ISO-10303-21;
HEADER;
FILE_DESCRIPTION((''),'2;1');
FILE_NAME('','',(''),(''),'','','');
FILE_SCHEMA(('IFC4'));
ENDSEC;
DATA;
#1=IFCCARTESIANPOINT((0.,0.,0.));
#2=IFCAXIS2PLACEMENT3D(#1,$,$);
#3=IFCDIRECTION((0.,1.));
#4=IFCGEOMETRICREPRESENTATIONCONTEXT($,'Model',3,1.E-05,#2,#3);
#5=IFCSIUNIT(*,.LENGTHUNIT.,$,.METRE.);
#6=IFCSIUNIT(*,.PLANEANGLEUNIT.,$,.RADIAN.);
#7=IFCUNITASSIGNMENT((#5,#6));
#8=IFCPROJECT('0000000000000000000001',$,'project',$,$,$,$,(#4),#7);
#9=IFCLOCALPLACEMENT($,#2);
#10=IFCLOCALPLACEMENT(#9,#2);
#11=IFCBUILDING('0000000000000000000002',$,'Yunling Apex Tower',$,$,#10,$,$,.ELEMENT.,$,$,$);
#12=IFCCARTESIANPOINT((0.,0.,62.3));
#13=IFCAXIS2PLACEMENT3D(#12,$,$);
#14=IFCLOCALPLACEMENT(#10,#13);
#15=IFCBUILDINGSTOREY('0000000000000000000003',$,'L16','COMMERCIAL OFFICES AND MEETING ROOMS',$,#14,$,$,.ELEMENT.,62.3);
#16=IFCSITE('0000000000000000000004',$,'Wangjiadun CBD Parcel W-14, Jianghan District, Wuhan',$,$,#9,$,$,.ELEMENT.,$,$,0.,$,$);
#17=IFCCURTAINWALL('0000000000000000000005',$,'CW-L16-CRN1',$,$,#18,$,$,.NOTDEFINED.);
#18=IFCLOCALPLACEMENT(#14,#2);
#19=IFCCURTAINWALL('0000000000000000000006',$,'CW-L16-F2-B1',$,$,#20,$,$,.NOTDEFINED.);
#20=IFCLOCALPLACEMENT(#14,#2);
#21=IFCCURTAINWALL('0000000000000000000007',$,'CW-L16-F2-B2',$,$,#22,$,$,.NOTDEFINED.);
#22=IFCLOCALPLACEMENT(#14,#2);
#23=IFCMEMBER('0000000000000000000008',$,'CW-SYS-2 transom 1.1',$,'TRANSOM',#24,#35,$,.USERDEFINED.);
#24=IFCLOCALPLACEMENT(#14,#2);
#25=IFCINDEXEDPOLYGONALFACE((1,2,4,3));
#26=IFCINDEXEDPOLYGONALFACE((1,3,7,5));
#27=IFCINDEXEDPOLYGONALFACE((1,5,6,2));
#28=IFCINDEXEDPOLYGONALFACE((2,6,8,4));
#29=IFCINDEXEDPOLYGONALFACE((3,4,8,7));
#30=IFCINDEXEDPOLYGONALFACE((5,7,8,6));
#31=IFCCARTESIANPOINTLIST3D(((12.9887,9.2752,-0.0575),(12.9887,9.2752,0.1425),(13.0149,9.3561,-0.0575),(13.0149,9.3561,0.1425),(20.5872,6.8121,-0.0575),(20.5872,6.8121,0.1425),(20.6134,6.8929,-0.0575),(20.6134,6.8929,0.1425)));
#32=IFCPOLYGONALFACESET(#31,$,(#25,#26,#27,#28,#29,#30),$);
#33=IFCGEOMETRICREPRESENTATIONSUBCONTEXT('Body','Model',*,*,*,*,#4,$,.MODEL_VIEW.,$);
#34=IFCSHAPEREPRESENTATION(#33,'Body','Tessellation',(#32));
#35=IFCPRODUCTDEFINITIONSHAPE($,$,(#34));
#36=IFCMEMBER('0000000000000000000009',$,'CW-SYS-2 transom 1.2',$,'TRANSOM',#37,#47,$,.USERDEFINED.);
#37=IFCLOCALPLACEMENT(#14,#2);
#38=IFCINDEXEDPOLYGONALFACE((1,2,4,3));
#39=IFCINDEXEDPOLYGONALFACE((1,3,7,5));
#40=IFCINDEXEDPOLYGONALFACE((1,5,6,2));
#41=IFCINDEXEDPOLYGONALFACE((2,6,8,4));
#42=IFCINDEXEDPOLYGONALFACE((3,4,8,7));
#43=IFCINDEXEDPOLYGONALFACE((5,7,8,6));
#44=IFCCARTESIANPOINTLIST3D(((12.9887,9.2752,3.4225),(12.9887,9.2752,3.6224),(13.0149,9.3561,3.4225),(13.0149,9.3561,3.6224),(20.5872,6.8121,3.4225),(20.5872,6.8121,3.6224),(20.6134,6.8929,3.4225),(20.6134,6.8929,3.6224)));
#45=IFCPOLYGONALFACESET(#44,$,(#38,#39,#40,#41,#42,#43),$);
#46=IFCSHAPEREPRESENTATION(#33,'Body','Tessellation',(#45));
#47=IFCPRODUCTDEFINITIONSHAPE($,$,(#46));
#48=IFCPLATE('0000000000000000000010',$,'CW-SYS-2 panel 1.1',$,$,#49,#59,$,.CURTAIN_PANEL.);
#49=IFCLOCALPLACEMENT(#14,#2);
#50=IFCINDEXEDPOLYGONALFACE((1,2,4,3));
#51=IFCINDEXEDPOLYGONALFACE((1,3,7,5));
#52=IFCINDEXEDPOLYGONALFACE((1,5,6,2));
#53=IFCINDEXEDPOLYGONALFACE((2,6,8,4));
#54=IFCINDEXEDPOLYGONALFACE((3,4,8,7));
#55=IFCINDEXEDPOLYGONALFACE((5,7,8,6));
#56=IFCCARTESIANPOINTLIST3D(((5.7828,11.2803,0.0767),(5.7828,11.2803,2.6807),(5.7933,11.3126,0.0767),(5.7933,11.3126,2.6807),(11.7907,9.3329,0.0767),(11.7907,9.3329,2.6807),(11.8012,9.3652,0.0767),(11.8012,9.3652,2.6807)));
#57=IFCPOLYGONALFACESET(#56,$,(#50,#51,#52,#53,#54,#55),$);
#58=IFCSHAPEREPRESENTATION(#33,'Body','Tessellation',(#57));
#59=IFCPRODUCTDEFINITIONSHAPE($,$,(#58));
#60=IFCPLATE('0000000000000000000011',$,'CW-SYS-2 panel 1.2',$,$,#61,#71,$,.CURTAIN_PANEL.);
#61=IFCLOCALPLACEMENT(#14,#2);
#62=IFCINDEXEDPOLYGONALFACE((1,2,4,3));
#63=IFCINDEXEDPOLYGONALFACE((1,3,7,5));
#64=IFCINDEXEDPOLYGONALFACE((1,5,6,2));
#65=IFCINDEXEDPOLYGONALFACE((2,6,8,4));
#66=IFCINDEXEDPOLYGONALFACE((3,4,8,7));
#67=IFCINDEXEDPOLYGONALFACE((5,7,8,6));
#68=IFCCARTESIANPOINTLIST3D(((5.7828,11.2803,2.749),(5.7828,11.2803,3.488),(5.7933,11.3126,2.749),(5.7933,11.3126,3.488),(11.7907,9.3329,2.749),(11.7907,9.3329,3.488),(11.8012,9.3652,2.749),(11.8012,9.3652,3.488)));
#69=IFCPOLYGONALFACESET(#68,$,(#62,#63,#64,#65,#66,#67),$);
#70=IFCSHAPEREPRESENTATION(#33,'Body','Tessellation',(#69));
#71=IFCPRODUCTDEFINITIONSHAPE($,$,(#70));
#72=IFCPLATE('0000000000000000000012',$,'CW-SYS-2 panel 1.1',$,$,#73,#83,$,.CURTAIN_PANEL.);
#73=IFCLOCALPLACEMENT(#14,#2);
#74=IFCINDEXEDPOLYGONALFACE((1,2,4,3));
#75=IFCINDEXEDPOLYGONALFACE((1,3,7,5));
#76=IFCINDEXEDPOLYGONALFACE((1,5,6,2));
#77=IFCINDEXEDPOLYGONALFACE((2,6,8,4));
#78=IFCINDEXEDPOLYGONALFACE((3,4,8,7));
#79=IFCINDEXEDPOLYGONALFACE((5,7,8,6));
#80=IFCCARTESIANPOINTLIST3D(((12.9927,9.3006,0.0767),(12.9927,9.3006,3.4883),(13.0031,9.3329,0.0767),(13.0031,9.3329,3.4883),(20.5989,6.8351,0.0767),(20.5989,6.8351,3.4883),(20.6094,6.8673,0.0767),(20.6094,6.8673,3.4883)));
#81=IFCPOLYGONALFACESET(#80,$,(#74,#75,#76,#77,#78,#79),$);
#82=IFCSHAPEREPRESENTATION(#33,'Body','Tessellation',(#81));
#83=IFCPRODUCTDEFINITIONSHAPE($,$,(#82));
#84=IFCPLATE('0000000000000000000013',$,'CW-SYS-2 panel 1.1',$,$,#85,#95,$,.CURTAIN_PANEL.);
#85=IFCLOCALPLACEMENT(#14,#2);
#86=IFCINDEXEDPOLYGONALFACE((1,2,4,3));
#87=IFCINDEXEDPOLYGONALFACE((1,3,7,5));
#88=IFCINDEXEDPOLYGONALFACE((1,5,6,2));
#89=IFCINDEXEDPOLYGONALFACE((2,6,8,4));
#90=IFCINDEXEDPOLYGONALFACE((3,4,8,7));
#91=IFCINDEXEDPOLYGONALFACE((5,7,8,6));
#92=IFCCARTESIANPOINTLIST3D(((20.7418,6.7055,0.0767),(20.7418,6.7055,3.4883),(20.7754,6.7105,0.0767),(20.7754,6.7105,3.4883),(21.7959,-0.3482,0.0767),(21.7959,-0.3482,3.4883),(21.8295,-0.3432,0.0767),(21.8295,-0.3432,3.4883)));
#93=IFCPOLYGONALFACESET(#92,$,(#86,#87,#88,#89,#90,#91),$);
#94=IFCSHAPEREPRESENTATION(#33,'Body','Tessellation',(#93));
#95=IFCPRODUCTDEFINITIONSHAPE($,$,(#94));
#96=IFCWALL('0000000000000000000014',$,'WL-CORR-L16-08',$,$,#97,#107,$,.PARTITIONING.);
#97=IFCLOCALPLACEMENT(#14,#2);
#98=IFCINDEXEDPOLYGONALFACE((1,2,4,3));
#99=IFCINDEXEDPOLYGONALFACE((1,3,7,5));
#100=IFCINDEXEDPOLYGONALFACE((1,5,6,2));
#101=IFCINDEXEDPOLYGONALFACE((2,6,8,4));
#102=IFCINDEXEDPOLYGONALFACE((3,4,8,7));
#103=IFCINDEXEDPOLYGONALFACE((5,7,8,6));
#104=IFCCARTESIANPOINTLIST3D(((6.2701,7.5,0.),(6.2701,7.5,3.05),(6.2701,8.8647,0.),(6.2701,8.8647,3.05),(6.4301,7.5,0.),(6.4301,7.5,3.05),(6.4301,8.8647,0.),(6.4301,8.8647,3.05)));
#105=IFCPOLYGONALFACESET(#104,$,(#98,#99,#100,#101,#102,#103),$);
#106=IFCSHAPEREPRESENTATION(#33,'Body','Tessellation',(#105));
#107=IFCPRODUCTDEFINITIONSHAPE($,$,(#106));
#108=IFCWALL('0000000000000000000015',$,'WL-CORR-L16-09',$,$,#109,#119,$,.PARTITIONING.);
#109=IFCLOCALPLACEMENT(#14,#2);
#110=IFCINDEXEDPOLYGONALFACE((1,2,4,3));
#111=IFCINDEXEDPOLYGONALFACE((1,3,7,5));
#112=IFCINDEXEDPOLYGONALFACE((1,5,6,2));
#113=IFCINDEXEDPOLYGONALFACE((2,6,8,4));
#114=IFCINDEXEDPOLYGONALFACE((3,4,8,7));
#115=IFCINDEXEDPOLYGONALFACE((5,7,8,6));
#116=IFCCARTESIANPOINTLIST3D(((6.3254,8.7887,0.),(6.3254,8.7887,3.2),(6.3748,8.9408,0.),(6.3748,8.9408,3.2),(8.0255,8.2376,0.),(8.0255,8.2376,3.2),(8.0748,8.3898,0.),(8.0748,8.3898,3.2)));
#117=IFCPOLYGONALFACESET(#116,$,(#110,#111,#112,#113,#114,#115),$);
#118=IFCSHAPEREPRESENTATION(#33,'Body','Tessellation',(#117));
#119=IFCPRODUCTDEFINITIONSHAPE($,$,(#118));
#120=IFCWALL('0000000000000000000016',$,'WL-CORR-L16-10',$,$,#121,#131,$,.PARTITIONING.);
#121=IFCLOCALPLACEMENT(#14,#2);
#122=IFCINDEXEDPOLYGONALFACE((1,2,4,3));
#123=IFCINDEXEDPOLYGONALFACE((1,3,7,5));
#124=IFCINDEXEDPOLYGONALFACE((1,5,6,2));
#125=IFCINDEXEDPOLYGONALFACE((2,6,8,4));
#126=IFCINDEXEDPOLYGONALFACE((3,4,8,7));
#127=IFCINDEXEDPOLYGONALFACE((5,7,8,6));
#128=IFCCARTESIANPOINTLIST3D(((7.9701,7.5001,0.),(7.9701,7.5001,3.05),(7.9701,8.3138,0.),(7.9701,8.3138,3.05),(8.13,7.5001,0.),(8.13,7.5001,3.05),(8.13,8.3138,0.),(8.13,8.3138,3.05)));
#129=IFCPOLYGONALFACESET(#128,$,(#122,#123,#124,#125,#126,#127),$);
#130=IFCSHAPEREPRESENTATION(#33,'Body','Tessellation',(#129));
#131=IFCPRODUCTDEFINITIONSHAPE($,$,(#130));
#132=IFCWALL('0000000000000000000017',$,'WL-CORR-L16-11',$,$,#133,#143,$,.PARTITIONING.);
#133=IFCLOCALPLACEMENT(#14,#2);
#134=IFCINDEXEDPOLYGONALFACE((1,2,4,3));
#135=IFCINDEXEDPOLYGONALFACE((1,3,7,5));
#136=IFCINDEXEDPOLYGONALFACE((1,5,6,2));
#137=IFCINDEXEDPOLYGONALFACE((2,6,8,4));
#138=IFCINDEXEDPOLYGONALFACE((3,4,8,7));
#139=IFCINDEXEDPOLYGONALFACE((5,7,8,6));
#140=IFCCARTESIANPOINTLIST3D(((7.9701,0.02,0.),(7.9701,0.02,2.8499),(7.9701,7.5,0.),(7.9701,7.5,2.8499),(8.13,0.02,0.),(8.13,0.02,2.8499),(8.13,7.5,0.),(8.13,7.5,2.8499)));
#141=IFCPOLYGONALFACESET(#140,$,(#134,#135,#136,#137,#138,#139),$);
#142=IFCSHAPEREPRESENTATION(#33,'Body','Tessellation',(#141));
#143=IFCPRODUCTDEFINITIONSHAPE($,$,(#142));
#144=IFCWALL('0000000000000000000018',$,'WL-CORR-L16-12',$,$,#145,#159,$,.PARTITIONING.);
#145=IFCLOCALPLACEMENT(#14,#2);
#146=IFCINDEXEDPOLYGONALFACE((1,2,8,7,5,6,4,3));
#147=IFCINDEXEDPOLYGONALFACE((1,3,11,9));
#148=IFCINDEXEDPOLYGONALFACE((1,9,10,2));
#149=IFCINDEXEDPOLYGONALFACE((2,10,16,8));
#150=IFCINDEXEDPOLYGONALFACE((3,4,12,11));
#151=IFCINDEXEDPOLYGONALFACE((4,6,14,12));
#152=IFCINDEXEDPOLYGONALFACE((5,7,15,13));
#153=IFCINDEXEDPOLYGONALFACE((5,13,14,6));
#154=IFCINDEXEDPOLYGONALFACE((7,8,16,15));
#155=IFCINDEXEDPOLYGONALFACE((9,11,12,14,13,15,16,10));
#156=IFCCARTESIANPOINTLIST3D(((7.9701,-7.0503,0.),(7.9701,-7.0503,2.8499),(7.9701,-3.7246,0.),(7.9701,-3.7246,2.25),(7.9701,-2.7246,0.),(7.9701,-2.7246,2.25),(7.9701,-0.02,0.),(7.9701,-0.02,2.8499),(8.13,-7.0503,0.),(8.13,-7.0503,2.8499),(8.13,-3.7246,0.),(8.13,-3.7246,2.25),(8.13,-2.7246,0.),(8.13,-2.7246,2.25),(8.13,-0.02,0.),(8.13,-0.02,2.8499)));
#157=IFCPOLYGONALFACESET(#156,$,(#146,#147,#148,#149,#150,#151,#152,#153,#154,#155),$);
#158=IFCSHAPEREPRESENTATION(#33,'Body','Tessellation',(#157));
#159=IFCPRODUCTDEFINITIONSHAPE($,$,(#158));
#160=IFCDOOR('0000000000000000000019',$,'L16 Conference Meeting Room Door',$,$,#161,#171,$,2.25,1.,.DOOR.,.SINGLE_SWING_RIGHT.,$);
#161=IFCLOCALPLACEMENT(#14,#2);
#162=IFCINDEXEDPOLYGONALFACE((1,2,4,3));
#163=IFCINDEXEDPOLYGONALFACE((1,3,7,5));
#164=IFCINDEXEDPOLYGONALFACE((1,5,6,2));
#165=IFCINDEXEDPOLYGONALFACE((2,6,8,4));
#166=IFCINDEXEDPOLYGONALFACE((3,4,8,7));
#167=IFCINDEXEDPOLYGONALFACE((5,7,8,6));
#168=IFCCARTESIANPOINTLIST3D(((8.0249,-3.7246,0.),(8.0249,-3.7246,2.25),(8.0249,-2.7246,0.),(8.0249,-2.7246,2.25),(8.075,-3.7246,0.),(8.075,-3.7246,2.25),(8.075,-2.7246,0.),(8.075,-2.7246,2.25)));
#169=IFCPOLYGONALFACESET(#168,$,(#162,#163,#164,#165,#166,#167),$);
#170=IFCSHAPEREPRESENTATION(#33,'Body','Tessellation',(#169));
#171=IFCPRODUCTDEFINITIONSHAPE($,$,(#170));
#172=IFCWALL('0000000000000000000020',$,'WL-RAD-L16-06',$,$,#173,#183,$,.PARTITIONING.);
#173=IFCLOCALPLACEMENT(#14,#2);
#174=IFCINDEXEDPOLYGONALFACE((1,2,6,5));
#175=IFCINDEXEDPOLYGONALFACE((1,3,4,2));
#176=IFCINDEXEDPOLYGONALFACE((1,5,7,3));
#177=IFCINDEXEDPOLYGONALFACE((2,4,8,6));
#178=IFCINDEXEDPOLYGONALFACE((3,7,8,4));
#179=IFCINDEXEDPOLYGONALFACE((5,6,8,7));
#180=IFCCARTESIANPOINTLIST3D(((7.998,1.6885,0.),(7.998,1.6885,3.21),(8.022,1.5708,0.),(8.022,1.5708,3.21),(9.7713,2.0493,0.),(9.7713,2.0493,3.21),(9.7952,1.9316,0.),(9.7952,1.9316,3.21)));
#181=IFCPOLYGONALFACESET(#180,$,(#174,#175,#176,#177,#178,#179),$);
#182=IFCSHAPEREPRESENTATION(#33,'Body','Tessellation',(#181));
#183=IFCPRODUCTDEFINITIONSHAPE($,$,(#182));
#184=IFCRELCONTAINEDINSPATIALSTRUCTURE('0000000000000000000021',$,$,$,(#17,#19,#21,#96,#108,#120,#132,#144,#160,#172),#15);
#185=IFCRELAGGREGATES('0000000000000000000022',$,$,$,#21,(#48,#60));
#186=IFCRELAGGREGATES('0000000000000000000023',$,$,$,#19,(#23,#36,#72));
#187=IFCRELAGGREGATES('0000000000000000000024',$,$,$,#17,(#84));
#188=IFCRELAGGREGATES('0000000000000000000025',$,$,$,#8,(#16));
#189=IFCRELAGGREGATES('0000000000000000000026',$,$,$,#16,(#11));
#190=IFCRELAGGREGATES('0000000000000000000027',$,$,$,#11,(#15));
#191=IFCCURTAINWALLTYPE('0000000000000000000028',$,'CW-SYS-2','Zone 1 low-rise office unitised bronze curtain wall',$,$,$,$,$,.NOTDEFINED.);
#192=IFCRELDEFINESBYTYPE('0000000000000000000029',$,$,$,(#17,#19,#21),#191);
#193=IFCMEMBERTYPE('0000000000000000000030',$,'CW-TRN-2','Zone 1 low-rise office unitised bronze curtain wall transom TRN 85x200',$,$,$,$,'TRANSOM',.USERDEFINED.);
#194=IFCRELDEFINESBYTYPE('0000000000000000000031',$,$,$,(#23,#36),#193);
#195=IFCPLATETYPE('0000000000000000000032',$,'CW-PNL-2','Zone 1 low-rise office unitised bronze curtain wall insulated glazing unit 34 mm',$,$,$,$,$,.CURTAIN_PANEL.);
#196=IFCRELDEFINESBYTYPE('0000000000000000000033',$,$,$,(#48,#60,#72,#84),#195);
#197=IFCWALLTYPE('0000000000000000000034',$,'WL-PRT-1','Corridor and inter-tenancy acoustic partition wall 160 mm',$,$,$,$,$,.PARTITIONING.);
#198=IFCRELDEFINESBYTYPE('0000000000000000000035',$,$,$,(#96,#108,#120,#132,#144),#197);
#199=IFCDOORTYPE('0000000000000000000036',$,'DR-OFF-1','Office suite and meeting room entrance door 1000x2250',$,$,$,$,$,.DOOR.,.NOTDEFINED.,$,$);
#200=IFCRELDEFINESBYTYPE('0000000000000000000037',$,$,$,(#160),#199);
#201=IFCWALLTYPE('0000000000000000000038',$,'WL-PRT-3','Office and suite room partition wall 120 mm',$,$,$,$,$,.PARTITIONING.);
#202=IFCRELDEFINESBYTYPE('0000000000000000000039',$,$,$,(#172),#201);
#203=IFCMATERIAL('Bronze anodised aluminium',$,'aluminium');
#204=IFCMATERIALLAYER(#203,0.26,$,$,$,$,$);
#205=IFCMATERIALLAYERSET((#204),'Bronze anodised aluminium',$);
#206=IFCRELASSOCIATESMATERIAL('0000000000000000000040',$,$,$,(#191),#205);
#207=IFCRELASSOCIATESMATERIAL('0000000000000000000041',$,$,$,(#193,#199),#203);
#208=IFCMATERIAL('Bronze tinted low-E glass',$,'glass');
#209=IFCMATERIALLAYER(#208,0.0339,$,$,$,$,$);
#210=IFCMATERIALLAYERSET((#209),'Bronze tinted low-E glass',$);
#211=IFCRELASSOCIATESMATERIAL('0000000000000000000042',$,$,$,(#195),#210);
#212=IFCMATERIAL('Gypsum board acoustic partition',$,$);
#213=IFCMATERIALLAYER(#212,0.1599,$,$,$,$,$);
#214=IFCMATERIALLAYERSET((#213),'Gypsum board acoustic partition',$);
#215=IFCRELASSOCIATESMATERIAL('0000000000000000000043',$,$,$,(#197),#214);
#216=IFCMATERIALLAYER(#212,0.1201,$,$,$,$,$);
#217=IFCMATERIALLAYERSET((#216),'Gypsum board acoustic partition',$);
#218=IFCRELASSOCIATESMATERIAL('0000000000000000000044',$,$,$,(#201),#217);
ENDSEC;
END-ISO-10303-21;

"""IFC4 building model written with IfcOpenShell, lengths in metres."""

from ifc_helpers import new_model, si_unit, direction, frame, frame_2d, origin, origin_2d, place, context, subcontext, project, spatial, rectangle, extrude, source, transform, mapped, material, layer, layer_set, material_profile, profile_set, type_object, element, fill, aggregate, save


model = new_model("IFC4")

# Units and contexts
model_context = context("Model", 3, precision=1e-05, world=origin(), true_north=direction((0.0, 1.0)))
body_context = subcontext(model_context, "Body", "Model", "MODEL_VIEW")
ifc_project = project(units=[si_unit("LENGTHUNIT", "METRE"), si_unit("PLANEANGLEUNIT", "RADIAN")], contexts=[model_context])

# Site, building, storey
site_placement = place(None, origin())
site = spatial("IfcSite", under=ifc_project, at=site_placement, Name="Wangjiadun CBD Parcel W-14, Jianghan District, Wuhan", CompositionType="ELEMENT", RefElevation=0.0)
building_placement = place(site_placement, origin())
building = spatial("IfcBuilding", under=site, at=building_placement, Name="Yunling Apex Tower", CompositionType="ELEMENT")
storey_placement = place(building_placement, frame((0.0, 0.0, 62.3)))
storey = spatial("IfcBuildingStorey", under=building, at=storey_placement, Name="L16", Description="COMMERCIAL OFFICES AND MEETING ROOMS", CompositionType="ELEMENT", Elevation=62.3)

# Curtain wall
ifc_material_1 = material(Name="Bronze anodised aluminium", Category="aluminium")
ifc_layer_1 = layer(ifc_material_1, 0.26)
ifc_layer_set_1 = layer_set([ifc_layer_1], Name="Bronze anodised aluminium")
curtain_wall_type = type_object("IfcCurtainWallType", Name="CW-SYS-2", Description="Zone 1 low-rise office unitised bronze curtain wall", PredefinedType="NOTDEFINED", material=ifc_layer_set_1)
curtain_wall_1_placement = place(storey_placement, origin())
curtain_wall_1 = element("IfcCurtainWall", 1, at=curtain_wall_1_placement, inside=storey, type_object=curtain_wall_type, Name="CW-L16-CRN1", PredefinedType="NOTDEFINED")

# Curtain walls
curtain_wall_2_placement = place(storey_placement, origin())
curtain_wall_2 = element("IfcCurtainWall", 2, at=curtain_wall_2_placement, inside=storey, type_object=curtain_wall_type, Name="CW-L16-F2-B1", PredefinedType="NOTDEFINED")
curtain_wall_3_placement = place(storey_placement, origin())
curtain_wall_3 = element("IfcCurtainWall", 3, at=curtain_wall_3_placement, inside=storey, type_object=curtain_wall_type, Name="CW-L16-F2-B2", PredefinedType="NOTDEFINED")
ifc_material_profile_1 = material_profile(ifc_material_1, rectangle(XDim=0.085, YDim=0.2, at=origin_2d()))
ifc_profile_set_1 = profile_set([ifc_material_profile_1], Name="Bronze anodised aluminium")
member_type_1 = type_object("IfcMemberType", Name="CW-TRN-2", Description="Zone 1 low-rise office unitised bronze curtain wall transom TRN 85x200", ElementType="TRANSOM", PredefinedType="USERDEFINED", material=ifc_profile_set_1)

# Members
shared_shape_1 = source(origin(), body_context, "Body", "SweptSolid", [
    extrude(rectangle(XDim=0.085, YDim=0.2, at=origin_2d()), origin(), (0.0, 0.0, 1.0), 7.9878),
])
member_1_placement = place(storey_placement, frame((20.6003, 6.8525, 0.0425), z_axis=(-0.95127, 0.308359, 0.0), x_axis=(-0.308359, -0.95127, 0.0)))
member_1 = element("IfcMember", 4, at=member_1_placement, type_object=member_type_1, Name="CW-SYS-2 transom 1.1", ObjectType="TRANSOM", PredefinedType="USERDEFINED", context=body_context, shape_type="MappedRepresentation", body=[
    mapped(shared_shape_1, transform((0.0, 0.0, 0.0), scale=1.0)),
])
member_2_placement = place(storey_placement, frame((20.6003, 6.8525, 3.5225), z_axis=(-0.95127, 0.308359, 0.0), x_axis=(-0.308359, -0.95127, 0.0)))
member_2 = element("IfcMember", 5, at=member_2_placement, type_object=member_type_1, Name="CW-SYS-2 transom 1.2", ObjectType="TRANSOM", PredefinedType="USERDEFINED", context=body_context, shape_type="MappedRepresentation", body=[
    mapped(shared_shape_1, transform((0.0, 0.0, 0.0), scale=1.0)),
])

# Plates
ifc_material_2 = material(Name="Bronze tinted low-E glass", Category="glass")
ifc_layer_2 = layer(ifc_material_2, 0.0339)
ifc_layer_set_2 = layer_set([ifc_layer_2], Name="Bronze tinted low-E glass")
plate_type = type_object("IfcPlateType", Name="CW-PNL-2", Description="Zone 1 low-rise office unitised bronze curtain wall insulated glazing unit 34 mm", PredefinedType="CURTAIN_PANEL", material=ifc_layer_set_2)
shared_shape_2 = source(origin(), body_context, "Body", "SweptSolid", [
    extrude(rectangle(XDim=6.3157, YDim=0.0339, at=origin_2d()), origin(), (0.0, 0.0, 1.0), 2.604),
])
plate_1_placement = place(storey_placement, frame((8.792, 10.3228, 0.0767), z_axis=(0.0, 0.0, 1.0), x_axis=(-0.951272, 0.308352, 0.0)))
plate_1 = element("IfcPlate", 6, at=plate_1_placement, type_object=plate_type, Name="CW-SYS-2 panel 1.1", PredefinedType="CURTAIN_PANEL", context=body_context, shape_type="MappedRepresentation", body=[
    mapped(shared_shape_2, transform((0.0, 0.0, 0.0), scale=1.0)),
])
shared_shape_3 = source(origin(), body_context, "Body", "SweptSolid", [
    extrude(rectangle(XDim=6.3157, YDim=0.0339, at=origin_2d()), origin(), (0.0, 0.0, 1.0), 0.739),
])
plate_2_placement = place(storey_placement, frame((8.792, 10.3228, 2.749), z_axis=(0.0, 0.0, 1.0), x_axis=(-0.951272, 0.308352, 0.0)))
plate_2 = element("IfcPlate", 7, at=plate_2_placement, type_object=plate_type, Name="CW-SYS-2 panel 1.2", PredefinedType="CURTAIN_PANEL", context=body_context, shape_type="MappedRepresentation", body=[
    mapped(shared_shape_3, transform((0.0, 0.0, 0.0), scale=1.0)),
])
aggregate(curtain_wall_3, [plate_1, plate_2])
shared_shape_4 = source(origin(), body_context, "Body", "SweptSolid", [
    extrude(rectangle(XDim=7.9958, YDim=0.0339, at=origin_2d()), origin(), (0.0, 0.0, 1.0), 3.4116),
])
plate_3_placement = place(storey_placement, frame((16.801, 8.084, 0.0767), z_axis=(0.0, 0.0, 1.0), x_axis=(-0.951271, 0.308357, 0.0)))
plate_3 = element("IfcPlate", 8, at=plate_3_placement, type_object=plate_type, Name="CW-SYS-2 panel 1.1", PredefinedType="CURTAIN_PANEL", context=body_context, shape_type="MappedRepresentation", body=[
    mapped(shared_shape_4, transform((0.0, 0.0, 0.0), scale=1.0)),
])
aggregate(curtain_wall_2, [member_1, member_2, plate_3])
shared_shape_5 = source(origin(), body_context, "Body", "SweptSolid", [
    extrude(rectangle(XDim=7.1321, YDim=0.0339, at=origin_2d()), origin(), (0.0, 0.0, 1.0), 3.4116),
])
plate_4_placement = place(storey_placement, frame((21.2856, 3.1812, 0.0767), z_axis=(0.0, 0.0, 1.0), x_axis=(-0.147798, 0.989018, 0.0)))
plate_4 = element("IfcPlate", 9, at=plate_4_placement, type_object=plate_type, Name="CW-SYS-2 panel 1.1", PredefinedType="CURTAIN_PANEL", context=body_context, shape_type="MappedRepresentation", body=[
    mapped(shared_shape_5, transform((0.0, 0.0, 0.0), scale=1.0)),
])
aggregate(curtain_wall_1, [plate_4])

# Walls
ifc_material_3 = material(Name="Gypsum board acoustic partition")
ifc_layer_3 = layer(ifc_material_3, 0.1599)
ifc_layer_set_3 = layer_set([ifc_layer_3], Name="Gypsum board acoustic partition")
wall_type_1 = type_object("IfcWallType", Name="WL-PRT-1", Description="Corridor and inter-tenancy acoustic partition wall 160 mm", PredefinedType="PARTITIONING", material=ifc_layer_set_3)
wall_1_placement = place(storey_placement, frame((6.3501, 7.5, 0.0), z_axis=(0.0, 0.0, 1.0), x_axis=(0.0, 1.0, 0.0)))
element("IfcWall", 10, at=wall_1_placement, inside=storey, type_object=wall_type_1, Name="WL-CORR-L16-08", PredefinedType="PARTITIONING", context=body_context, shape_type="SweptSolid", body=[
    extrude(rectangle(XDim=1.3647, YDim=0.1599, at=frame_2d((0.6824, 0.0))), origin(), (0.0, 0.0, 1.0), 3.05),
])
wall_2_placement = place(storey_placement, frame((6.3501, 8.8647, 0.0), z_axis=(0.0, 0.0, 1.0), x_axis=(0.951274, -0.308348, 0.0)))
element("IfcWall", 11, at=wall_2_placement, inside=storey, type_object=wall_type_1, Name="WL-CORR-L16-09", PredefinedType="PARTITIONING", context=body_context, shape_type="SweptSolid", body=[
    extrude(rectangle(XDim=1.7871, YDim=0.1599, at=frame_2d((0.8936, 0.0))), origin(), (0.0, 0.0, 1.0), 3.2),
])
wall_3_placement = place(storey_placement, frame((8.05, 8.3137, 0.0), z_axis=(0.0, 0.0, 1.0), x_axis=(0.0, -1.0, 0.0)))
element("IfcWall", 12, at=wall_3_placement, inside=storey, type_object=wall_type_1, Name="WL-CORR-L16-10", PredefinedType="PARTITIONING", context=body_context, shape_type="SweptSolid", body=[
    extrude(rectangle(XDim=0.8137, YDim=0.1599, at=frame_2d((0.4067, 0.0))), origin(), (0.0, 0.0, 1.0), 3.05),
])
wall_4_placement = place(storey_placement, frame((8.05, 7.5, 0.0), z_axis=(0.0, 0.0, 1.0), x_axis=(0.0, -1.0, 0.0)))
element("IfcWall", 13, at=wall_4_placement, inside=storey, type_object=wall_type_1, Name="WL-CORR-L16-11", PredefinedType="PARTITIONING", context=body_context, shape_type="SweptSolid", body=[
    extrude(rectangle(XDim=7.48, YDim=0.1599, at=frame_2d((3.74, 0.0))), origin(), (0.0, 0.0, 1.0), 2.8499),
])

# Wall, opening, door
wall_5_placement = place(storey_placement, frame((8.05, -0.02, 0.0), z_axis=(0.0, 0.0, 1.0), x_axis=(0.0, -1.0, 0.0)))
wall_5 = element("IfcWall", 14, at=wall_5_placement, inside=storey, type_object=wall_type_1, Name="WL-CORR-L16-12", PredefinedType="PARTITIONING", context=body_context, shape_type="SweptSolid", body=[
    extrude(rectangle(XDim=7.0303, YDim=0.1599, at=frame_2d((3.5151, 0.0))), origin(), (0.0, 0.0, 1.0), 2.8499),
])
opening_placement = place(wall_5_placement, frame((2.7046, 0.0, 0.0)))
opening = element("IfcOpeningElement", 15, at=opening_placement, cuts=wall_5, PredefinedType="OPENING", context=body_context, shape_type="SweptSolid", body=[
    extrude(rectangle(XDim=1.0, YDim=2.25, at=frame_2d((0.5, 1.125))), frame((0.0, 0.0898, 0.0), z_axis=(0.0, -1.0, 0.0), x_axis=(1.0, 0.0, 0.0)), (0.0, 0.0, 1.0), 0.1799),
])
door_type = type_object("IfcDoorType", Name="DR-OFF-1", Description="Office suite and meeting room entrance door 1000x2250", OperationType="NOTDEFINED", PredefinedType="DOOR", material=ifc_material_1)
door_placement = place(opening_placement, origin())
door = element("IfcDoor", 16, at=door_placement, inside=storey, type_object=door_type, Name="L16 Conference Meeting Room Door", OperationType="SINGLE_SWING_RIGHT", OverallHeight=2.25, OverallWidth=1.0, PredefinedType="DOOR", context=body_context, shape_type="SweptSolid", body=[
    extrude(rectangle(XDim=1.0, YDim=2.25, at=frame_2d((0.5, 1.125))), frame((0.0, 0.0249, 0.0), z_axis=(0.0, -1.0, 0.0), x_axis=(1.0, 0.0, 0.0)), (0.0, 0.0, 1.0), 0.05),
])
fill(opening, door)

# Wall
ifc_layer_4 = layer(ifc_material_3, 0.1201)
ifc_layer_set_4 = layer_set([ifc_layer_4], Name="Gypsum board acoustic partition")
wall_type_2 = type_object("IfcWallType", Name="WL-PRT-3", Description="Office and suite room partition wall 120 mm", PredefinedType="PARTITIONING", material=ifc_layer_set_4)
wall_6_placement = place(storey_placement, frame((8.01, 1.6296, 0.0), z_axis=(0.0, 0.0, 1.0), x_axis=(0.979916, 0.19941, 0.0)))
element("IfcWall", 17, at=wall_6_placement, inside=storey, type_object=wall_type_2, Name="WL-RAD-L16-06", PredefinedType="PARTITIONING", context=body_context, shape_type="SweptSolid", body=[
    extrude(rectangle(XDim=1.8096, YDim=0.1201, at=frame_2d((0.9048, 0.0))), origin(), (0.0, 0.0, 1.0), 3.21),
])

save(model, "model.ifc")
